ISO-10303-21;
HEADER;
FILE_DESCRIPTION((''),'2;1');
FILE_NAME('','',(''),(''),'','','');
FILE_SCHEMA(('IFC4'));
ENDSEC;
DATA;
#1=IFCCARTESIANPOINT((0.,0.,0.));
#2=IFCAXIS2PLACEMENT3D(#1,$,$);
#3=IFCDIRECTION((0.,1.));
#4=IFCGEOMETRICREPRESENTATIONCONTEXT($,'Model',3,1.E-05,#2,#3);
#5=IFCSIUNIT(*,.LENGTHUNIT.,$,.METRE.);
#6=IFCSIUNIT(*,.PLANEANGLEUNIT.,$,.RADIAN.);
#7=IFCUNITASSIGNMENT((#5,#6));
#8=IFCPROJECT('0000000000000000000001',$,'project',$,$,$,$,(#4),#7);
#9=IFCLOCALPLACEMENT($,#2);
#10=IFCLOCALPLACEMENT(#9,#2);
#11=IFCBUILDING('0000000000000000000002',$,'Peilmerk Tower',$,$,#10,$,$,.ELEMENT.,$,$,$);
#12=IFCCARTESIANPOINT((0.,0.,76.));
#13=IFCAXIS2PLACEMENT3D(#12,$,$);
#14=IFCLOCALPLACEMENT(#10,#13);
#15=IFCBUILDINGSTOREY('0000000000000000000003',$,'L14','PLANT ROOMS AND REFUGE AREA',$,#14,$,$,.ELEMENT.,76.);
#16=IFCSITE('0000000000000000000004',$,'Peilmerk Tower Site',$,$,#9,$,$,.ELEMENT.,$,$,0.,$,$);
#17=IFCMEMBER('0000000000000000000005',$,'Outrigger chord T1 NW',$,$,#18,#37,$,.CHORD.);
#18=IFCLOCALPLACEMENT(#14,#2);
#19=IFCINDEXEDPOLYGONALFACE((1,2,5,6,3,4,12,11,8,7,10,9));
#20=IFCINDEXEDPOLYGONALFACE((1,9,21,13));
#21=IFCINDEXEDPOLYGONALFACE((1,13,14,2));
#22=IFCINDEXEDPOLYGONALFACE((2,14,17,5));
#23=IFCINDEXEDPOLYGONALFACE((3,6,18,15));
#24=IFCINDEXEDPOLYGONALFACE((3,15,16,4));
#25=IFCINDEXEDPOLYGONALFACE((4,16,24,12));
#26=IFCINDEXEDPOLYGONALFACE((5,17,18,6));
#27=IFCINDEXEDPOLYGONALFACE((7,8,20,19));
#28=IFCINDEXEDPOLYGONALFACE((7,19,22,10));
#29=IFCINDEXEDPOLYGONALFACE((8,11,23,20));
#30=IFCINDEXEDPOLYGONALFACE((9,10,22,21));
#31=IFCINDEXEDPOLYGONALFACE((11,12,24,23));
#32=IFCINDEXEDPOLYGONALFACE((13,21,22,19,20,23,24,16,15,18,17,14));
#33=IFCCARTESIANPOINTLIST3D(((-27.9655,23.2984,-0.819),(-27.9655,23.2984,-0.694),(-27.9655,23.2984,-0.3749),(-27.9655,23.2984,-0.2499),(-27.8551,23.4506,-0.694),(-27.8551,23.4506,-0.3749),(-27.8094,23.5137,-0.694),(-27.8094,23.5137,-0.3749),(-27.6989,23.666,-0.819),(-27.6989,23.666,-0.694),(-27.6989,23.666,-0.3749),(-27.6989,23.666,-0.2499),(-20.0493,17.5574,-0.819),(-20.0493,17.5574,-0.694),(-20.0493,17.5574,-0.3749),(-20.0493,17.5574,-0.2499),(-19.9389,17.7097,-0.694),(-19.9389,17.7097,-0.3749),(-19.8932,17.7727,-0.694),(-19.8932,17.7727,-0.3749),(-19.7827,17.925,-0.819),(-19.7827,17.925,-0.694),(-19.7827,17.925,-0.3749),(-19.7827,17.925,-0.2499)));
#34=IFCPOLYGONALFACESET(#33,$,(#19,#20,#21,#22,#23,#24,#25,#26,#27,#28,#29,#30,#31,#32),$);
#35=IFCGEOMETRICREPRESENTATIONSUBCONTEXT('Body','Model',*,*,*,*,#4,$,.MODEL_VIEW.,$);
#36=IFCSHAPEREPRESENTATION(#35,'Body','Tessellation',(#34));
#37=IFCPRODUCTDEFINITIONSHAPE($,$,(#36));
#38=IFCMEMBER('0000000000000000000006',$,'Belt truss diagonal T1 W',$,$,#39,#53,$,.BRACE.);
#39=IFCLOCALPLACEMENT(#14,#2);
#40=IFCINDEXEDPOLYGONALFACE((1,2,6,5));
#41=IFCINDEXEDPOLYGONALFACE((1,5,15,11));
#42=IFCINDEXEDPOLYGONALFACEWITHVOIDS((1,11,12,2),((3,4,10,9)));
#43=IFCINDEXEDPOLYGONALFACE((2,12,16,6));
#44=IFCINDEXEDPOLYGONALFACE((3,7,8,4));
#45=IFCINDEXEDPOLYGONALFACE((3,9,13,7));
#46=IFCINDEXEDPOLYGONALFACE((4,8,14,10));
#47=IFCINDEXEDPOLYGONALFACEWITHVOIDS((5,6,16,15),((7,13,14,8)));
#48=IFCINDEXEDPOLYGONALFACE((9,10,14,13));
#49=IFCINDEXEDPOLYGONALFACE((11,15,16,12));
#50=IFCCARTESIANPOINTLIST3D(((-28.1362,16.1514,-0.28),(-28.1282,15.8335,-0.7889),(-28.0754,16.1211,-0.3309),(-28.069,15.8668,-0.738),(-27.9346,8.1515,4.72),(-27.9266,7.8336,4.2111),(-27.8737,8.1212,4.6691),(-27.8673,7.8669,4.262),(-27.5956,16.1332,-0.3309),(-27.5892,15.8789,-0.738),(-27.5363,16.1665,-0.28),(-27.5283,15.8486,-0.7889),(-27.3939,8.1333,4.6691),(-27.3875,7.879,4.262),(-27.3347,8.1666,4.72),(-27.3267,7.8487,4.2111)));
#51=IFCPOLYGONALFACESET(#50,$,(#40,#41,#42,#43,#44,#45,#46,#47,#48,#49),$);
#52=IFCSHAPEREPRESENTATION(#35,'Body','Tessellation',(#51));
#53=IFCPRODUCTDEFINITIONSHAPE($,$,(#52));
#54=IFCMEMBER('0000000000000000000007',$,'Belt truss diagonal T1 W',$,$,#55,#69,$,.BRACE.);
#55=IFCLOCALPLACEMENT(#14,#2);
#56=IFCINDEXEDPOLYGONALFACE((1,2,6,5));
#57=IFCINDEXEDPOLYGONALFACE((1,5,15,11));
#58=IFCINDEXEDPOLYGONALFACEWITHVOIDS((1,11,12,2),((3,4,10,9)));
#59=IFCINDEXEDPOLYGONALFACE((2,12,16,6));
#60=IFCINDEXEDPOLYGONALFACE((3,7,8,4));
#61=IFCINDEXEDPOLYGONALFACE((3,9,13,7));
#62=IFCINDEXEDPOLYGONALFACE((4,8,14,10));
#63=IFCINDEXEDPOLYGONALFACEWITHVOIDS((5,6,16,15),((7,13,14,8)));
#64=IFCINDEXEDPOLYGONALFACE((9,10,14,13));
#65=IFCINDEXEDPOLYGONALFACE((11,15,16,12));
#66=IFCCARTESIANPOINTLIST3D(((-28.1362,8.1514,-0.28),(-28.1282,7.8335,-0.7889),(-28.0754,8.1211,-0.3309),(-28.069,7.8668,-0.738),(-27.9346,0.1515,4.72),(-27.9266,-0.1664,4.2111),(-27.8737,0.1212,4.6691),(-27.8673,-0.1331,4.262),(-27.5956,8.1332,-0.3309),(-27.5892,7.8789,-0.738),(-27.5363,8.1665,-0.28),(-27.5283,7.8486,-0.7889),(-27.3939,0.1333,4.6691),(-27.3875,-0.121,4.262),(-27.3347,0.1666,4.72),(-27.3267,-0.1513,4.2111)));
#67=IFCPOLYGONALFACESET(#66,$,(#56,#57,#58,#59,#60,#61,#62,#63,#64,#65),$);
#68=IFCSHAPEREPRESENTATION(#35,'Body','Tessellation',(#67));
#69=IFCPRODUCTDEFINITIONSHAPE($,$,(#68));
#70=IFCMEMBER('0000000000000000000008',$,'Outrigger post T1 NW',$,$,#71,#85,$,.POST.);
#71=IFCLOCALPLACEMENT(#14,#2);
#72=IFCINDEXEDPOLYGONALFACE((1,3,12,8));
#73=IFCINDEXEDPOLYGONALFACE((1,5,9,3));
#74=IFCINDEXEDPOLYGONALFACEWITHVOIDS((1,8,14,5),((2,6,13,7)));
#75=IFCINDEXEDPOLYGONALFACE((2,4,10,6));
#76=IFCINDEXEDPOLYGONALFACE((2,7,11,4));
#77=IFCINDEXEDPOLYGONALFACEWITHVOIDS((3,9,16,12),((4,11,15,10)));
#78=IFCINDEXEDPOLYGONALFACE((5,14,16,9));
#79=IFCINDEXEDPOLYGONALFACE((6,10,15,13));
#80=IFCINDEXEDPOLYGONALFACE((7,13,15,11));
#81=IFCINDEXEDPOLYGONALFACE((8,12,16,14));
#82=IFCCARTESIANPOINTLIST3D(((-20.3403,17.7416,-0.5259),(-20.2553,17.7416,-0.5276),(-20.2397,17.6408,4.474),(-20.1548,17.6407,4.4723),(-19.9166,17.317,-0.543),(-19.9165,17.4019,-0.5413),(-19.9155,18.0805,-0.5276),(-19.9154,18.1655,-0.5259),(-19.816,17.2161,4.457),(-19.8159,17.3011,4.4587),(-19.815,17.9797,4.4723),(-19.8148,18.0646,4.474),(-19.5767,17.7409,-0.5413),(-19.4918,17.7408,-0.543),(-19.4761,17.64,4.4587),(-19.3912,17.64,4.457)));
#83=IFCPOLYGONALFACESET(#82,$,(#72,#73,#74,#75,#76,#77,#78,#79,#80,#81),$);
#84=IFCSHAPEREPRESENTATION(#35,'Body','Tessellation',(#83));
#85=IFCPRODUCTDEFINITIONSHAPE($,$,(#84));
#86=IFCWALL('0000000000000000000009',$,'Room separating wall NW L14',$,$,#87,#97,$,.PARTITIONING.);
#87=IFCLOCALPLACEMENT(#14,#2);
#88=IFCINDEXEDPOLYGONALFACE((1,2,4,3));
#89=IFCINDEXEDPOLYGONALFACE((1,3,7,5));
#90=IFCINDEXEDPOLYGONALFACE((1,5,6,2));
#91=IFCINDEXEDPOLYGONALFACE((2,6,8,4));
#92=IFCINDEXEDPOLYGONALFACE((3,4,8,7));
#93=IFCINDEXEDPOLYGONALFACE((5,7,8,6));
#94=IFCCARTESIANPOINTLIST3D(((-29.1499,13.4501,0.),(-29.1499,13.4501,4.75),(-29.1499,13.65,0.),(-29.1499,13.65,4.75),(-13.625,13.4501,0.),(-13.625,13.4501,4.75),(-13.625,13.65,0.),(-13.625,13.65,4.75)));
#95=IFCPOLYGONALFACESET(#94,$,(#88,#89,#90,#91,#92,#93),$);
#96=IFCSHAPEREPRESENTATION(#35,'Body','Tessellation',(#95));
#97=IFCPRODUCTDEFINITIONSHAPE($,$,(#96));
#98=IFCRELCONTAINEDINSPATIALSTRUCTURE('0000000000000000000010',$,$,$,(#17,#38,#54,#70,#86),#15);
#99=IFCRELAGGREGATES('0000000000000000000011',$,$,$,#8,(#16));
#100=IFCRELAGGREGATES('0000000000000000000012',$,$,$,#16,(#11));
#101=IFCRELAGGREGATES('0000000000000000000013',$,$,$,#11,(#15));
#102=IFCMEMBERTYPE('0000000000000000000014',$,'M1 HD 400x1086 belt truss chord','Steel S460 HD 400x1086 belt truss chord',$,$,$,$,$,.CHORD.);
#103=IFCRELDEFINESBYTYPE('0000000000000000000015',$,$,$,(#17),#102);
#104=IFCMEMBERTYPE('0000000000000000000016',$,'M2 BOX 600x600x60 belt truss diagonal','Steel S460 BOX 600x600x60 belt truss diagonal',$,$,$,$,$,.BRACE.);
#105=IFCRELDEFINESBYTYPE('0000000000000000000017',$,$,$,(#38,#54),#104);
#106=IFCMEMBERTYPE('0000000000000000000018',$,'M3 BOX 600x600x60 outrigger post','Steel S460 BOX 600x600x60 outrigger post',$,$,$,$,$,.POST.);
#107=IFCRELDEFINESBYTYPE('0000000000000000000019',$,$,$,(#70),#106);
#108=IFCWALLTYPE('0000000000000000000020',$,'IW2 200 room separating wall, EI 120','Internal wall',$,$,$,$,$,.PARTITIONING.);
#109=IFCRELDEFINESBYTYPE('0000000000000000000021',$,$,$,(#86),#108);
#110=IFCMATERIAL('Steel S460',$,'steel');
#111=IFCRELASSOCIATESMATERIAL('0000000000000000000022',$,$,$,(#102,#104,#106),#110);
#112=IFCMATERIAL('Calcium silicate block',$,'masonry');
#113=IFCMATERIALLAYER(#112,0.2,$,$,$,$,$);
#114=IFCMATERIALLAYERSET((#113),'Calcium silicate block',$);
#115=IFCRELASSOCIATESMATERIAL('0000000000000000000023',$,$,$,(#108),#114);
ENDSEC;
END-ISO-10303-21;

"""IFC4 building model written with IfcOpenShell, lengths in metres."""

from ifc_helpers import new_model, si_unit, direction, frame, frame_2d, origin, origin_2d, place, context, subcontext, project, spatial, rectangle, hollow_rectangle, i_section, extrude, material, layer, layer_set, material_profile, profile_set, type_object, element, save


model = new_model("IFC4")

# Units and contexts
model_context = context("Model", 3, precision=1e-05, world=origin(), true_north=direction((0.0, 1.0)))
body_context = subcontext(model_context, "Body", "Model", "MODEL_VIEW")
ifc_project = project(units=[si_unit("LENGTHUNIT", "METRE"), si_unit("PLANEANGLEUNIT", "RADIAN")], contexts=[model_context])

# Site, building, storey
site_placement = place(None, origin())
site = spatial("IfcSite", under=ifc_project, at=site_placement, Name="Peilmerk Tower Site", CompositionType="ELEMENT", RefElevation=0.0)
building_placement = place(site_placement, origin())
building = spatial("IfcBuilding", under=site, at=building_placement, Name="Peilmerk Tower", CompositionType="ELEMENT")
storey_placement = place(building_placement, frame((0.0, 0.0, 76.0)))
storey = spatial("IfcBuildingStorey", under=building, at=storey_placement, Name="L14", Description="PLANT ROOMS AND REFUGE AREA", CompositionType="ELEMENT", Elevation=76.0)

# Shared definitions
ifc_material_1 = material(Name="Steel S460", Category="steel")

# Members
ifc_material_profile_1 = material_profile(ifc_material_1, i_section(OverallWidth=0.4541, OverallDepth=0.5691, WebThickness=0.0779, FlangeThickness=0.125, at=origin_2d()), Name="HD 400x1086")
ifc_profile_set_1 = profile_set([ifc_material_profile_1], Name="Steel S460")
member_type_1 = type_object("IfcMemberType", Name="M1 HD 400x1086 belt truss chord", Description="Steel S460 HD 400x1086 belt truss chord", PredefinedType="CHORD", material=ifc_profile_set_1)
member_1_placement = place(storey_placement, frame((-19.916, 17.7412, -0.5344), z_axis=(-0.809529, 0.58708, 0.0), x_axis=(-0.58708, -0.809529, 0.0)))
element("IfcMember", 1, at=member_1_placement, inside=storey, type_object=member_type_1, Name="Outrigger chord T1 NW", PredefinedType="CHORD", context=body_context, shape_type="SweptSolid", body=[
    extrude(i_section(OverallWidth=0.4541, OverallDepth=0.5691, WebThickness=0.0779, FlangeThickness=0.125, at=origin_2d()), origin(), (0.0, 0.0, 1.0), 9.7788),
])
ifc_material_profile_2 = material_profile(ifc_material_1, hollow_rectangle(XDim=0.6001, YDim=0.6001, WallThickness=0.0601, at=origin_2d()), Name="BOX 600x600x60")
ifc_profile_set_2 = profile_set([ifc_material_profile_2], Name="Steel S460")
member_type_2 = type_object("IfcMemberType", Name="M2 BOX 600x600x60 belt truss diagonal", Description="Steel S460 BOX 600x600x60 belt truss diagonal", PredefinedType="BRACE", material=ifc_profile_set_2)
for number, where, z_axis, x_axis, name in (
    (2, (-27.8323, 16.0, -0.5344), (0.021371, -0.847805, 0.529878), (0.999682, 0.0252, 0.0), "Belt truss diagonal T1 W"),
    (3, (-27.8323, 8.0, -0.5344), (0.021371, -0.847805, 0.529878), (0.999682, 0.0252, 0.0), "Belt truss diagonal T1 W"),
):
    element("IfcMember", number, at=place(storey_placement, frame(where, z_axis=z_axis, x_axis=x_axis)), inside=storey, type_object=member_type_2, Name=name, PredefinedType="BRACE", context=body_context, shape_type="SweptSolid", body=[
        extrude(hollow_rectangle(XDim=0.6001, YDim=0.6001, WallThickness=0.0601, at=origin_2d()), origin(), (0.0, 0.0, 1.0), 9.436),
    ])
ifc_material_profile_3 = material_profile(ifc_material_1, hollow_rectangle(XDim=0.6001, YDim=0.6001, WallThickness=0.0601, at=origin_2d()), Name="BOX 600x600x60")
ifc_profile_set_3 = profile_set([ifc_material_profile_3], Name="Steel S460")
member_type_3 = type_object("IfcMemberType", Name="M3 BOX 600x600x60 outrigger post", Description="Steel S460 BOX 600x600x60 outrigger post", PredefinedType="POST", material=ifc_profile_set_3)
member_2_placement = place(storey_placement, frame((-19.916, 17.7412, -0.5344), z_axis=(0.020109, -0.020158, 0.999595), x_axis=(0.707963, 0.706249, 0.0)))
element("IfcMember", 4, at=member_2_placement, inside=storey, type_object=member_type_3, Name="Outrigger post T1 NW", PredefinedType="POST", context=body_context, shape_type="SweptSolid", body=[
    extrude(hollow_rectangle(XDim=0.6001, YDim=0.6001, WallThickness=0.0601, at=origin_2d()), origin(), (0.0, 0.0, 1.0), 5.002),
])

# Wall
ifc_material_2 = material(Name="Calcium silicate block", Category="masonry")
ifc_layer = layer(ifc_material_2, 0.2)
ifc_layer_set = layer_set([ifc_layer], Name="Calcium silicate block")
wall_type = type_object("IfcWallType", Name="IW2 200 room separating wall, EI 120", Description="Internal wall", PredefinedType="PARTITIONING", material=ifc_layer_set)
wall_placement = place(storey_placement, frame((-29.1499, 13.55, 0.0), z_axis=(0.0, 0.0, 1.0), x_axis=(1.0, 0.0, 0.0)))
element("IfcWall", 5, at=wall_placement, inside=storey, type_object=wall_type, Name="Room separating wall NW L14", PredefinedType="PARTITIONING", context=body_context, shape_type="SweptSolid", body=[
    extrude(rectangle(XDim=15.5249, YDim=0.2, at=frame_2d((7.7625, 0.0))), origin(), (0.0, 0.0, 1.0), 4.75),
])

save(model, "model.ifc")
